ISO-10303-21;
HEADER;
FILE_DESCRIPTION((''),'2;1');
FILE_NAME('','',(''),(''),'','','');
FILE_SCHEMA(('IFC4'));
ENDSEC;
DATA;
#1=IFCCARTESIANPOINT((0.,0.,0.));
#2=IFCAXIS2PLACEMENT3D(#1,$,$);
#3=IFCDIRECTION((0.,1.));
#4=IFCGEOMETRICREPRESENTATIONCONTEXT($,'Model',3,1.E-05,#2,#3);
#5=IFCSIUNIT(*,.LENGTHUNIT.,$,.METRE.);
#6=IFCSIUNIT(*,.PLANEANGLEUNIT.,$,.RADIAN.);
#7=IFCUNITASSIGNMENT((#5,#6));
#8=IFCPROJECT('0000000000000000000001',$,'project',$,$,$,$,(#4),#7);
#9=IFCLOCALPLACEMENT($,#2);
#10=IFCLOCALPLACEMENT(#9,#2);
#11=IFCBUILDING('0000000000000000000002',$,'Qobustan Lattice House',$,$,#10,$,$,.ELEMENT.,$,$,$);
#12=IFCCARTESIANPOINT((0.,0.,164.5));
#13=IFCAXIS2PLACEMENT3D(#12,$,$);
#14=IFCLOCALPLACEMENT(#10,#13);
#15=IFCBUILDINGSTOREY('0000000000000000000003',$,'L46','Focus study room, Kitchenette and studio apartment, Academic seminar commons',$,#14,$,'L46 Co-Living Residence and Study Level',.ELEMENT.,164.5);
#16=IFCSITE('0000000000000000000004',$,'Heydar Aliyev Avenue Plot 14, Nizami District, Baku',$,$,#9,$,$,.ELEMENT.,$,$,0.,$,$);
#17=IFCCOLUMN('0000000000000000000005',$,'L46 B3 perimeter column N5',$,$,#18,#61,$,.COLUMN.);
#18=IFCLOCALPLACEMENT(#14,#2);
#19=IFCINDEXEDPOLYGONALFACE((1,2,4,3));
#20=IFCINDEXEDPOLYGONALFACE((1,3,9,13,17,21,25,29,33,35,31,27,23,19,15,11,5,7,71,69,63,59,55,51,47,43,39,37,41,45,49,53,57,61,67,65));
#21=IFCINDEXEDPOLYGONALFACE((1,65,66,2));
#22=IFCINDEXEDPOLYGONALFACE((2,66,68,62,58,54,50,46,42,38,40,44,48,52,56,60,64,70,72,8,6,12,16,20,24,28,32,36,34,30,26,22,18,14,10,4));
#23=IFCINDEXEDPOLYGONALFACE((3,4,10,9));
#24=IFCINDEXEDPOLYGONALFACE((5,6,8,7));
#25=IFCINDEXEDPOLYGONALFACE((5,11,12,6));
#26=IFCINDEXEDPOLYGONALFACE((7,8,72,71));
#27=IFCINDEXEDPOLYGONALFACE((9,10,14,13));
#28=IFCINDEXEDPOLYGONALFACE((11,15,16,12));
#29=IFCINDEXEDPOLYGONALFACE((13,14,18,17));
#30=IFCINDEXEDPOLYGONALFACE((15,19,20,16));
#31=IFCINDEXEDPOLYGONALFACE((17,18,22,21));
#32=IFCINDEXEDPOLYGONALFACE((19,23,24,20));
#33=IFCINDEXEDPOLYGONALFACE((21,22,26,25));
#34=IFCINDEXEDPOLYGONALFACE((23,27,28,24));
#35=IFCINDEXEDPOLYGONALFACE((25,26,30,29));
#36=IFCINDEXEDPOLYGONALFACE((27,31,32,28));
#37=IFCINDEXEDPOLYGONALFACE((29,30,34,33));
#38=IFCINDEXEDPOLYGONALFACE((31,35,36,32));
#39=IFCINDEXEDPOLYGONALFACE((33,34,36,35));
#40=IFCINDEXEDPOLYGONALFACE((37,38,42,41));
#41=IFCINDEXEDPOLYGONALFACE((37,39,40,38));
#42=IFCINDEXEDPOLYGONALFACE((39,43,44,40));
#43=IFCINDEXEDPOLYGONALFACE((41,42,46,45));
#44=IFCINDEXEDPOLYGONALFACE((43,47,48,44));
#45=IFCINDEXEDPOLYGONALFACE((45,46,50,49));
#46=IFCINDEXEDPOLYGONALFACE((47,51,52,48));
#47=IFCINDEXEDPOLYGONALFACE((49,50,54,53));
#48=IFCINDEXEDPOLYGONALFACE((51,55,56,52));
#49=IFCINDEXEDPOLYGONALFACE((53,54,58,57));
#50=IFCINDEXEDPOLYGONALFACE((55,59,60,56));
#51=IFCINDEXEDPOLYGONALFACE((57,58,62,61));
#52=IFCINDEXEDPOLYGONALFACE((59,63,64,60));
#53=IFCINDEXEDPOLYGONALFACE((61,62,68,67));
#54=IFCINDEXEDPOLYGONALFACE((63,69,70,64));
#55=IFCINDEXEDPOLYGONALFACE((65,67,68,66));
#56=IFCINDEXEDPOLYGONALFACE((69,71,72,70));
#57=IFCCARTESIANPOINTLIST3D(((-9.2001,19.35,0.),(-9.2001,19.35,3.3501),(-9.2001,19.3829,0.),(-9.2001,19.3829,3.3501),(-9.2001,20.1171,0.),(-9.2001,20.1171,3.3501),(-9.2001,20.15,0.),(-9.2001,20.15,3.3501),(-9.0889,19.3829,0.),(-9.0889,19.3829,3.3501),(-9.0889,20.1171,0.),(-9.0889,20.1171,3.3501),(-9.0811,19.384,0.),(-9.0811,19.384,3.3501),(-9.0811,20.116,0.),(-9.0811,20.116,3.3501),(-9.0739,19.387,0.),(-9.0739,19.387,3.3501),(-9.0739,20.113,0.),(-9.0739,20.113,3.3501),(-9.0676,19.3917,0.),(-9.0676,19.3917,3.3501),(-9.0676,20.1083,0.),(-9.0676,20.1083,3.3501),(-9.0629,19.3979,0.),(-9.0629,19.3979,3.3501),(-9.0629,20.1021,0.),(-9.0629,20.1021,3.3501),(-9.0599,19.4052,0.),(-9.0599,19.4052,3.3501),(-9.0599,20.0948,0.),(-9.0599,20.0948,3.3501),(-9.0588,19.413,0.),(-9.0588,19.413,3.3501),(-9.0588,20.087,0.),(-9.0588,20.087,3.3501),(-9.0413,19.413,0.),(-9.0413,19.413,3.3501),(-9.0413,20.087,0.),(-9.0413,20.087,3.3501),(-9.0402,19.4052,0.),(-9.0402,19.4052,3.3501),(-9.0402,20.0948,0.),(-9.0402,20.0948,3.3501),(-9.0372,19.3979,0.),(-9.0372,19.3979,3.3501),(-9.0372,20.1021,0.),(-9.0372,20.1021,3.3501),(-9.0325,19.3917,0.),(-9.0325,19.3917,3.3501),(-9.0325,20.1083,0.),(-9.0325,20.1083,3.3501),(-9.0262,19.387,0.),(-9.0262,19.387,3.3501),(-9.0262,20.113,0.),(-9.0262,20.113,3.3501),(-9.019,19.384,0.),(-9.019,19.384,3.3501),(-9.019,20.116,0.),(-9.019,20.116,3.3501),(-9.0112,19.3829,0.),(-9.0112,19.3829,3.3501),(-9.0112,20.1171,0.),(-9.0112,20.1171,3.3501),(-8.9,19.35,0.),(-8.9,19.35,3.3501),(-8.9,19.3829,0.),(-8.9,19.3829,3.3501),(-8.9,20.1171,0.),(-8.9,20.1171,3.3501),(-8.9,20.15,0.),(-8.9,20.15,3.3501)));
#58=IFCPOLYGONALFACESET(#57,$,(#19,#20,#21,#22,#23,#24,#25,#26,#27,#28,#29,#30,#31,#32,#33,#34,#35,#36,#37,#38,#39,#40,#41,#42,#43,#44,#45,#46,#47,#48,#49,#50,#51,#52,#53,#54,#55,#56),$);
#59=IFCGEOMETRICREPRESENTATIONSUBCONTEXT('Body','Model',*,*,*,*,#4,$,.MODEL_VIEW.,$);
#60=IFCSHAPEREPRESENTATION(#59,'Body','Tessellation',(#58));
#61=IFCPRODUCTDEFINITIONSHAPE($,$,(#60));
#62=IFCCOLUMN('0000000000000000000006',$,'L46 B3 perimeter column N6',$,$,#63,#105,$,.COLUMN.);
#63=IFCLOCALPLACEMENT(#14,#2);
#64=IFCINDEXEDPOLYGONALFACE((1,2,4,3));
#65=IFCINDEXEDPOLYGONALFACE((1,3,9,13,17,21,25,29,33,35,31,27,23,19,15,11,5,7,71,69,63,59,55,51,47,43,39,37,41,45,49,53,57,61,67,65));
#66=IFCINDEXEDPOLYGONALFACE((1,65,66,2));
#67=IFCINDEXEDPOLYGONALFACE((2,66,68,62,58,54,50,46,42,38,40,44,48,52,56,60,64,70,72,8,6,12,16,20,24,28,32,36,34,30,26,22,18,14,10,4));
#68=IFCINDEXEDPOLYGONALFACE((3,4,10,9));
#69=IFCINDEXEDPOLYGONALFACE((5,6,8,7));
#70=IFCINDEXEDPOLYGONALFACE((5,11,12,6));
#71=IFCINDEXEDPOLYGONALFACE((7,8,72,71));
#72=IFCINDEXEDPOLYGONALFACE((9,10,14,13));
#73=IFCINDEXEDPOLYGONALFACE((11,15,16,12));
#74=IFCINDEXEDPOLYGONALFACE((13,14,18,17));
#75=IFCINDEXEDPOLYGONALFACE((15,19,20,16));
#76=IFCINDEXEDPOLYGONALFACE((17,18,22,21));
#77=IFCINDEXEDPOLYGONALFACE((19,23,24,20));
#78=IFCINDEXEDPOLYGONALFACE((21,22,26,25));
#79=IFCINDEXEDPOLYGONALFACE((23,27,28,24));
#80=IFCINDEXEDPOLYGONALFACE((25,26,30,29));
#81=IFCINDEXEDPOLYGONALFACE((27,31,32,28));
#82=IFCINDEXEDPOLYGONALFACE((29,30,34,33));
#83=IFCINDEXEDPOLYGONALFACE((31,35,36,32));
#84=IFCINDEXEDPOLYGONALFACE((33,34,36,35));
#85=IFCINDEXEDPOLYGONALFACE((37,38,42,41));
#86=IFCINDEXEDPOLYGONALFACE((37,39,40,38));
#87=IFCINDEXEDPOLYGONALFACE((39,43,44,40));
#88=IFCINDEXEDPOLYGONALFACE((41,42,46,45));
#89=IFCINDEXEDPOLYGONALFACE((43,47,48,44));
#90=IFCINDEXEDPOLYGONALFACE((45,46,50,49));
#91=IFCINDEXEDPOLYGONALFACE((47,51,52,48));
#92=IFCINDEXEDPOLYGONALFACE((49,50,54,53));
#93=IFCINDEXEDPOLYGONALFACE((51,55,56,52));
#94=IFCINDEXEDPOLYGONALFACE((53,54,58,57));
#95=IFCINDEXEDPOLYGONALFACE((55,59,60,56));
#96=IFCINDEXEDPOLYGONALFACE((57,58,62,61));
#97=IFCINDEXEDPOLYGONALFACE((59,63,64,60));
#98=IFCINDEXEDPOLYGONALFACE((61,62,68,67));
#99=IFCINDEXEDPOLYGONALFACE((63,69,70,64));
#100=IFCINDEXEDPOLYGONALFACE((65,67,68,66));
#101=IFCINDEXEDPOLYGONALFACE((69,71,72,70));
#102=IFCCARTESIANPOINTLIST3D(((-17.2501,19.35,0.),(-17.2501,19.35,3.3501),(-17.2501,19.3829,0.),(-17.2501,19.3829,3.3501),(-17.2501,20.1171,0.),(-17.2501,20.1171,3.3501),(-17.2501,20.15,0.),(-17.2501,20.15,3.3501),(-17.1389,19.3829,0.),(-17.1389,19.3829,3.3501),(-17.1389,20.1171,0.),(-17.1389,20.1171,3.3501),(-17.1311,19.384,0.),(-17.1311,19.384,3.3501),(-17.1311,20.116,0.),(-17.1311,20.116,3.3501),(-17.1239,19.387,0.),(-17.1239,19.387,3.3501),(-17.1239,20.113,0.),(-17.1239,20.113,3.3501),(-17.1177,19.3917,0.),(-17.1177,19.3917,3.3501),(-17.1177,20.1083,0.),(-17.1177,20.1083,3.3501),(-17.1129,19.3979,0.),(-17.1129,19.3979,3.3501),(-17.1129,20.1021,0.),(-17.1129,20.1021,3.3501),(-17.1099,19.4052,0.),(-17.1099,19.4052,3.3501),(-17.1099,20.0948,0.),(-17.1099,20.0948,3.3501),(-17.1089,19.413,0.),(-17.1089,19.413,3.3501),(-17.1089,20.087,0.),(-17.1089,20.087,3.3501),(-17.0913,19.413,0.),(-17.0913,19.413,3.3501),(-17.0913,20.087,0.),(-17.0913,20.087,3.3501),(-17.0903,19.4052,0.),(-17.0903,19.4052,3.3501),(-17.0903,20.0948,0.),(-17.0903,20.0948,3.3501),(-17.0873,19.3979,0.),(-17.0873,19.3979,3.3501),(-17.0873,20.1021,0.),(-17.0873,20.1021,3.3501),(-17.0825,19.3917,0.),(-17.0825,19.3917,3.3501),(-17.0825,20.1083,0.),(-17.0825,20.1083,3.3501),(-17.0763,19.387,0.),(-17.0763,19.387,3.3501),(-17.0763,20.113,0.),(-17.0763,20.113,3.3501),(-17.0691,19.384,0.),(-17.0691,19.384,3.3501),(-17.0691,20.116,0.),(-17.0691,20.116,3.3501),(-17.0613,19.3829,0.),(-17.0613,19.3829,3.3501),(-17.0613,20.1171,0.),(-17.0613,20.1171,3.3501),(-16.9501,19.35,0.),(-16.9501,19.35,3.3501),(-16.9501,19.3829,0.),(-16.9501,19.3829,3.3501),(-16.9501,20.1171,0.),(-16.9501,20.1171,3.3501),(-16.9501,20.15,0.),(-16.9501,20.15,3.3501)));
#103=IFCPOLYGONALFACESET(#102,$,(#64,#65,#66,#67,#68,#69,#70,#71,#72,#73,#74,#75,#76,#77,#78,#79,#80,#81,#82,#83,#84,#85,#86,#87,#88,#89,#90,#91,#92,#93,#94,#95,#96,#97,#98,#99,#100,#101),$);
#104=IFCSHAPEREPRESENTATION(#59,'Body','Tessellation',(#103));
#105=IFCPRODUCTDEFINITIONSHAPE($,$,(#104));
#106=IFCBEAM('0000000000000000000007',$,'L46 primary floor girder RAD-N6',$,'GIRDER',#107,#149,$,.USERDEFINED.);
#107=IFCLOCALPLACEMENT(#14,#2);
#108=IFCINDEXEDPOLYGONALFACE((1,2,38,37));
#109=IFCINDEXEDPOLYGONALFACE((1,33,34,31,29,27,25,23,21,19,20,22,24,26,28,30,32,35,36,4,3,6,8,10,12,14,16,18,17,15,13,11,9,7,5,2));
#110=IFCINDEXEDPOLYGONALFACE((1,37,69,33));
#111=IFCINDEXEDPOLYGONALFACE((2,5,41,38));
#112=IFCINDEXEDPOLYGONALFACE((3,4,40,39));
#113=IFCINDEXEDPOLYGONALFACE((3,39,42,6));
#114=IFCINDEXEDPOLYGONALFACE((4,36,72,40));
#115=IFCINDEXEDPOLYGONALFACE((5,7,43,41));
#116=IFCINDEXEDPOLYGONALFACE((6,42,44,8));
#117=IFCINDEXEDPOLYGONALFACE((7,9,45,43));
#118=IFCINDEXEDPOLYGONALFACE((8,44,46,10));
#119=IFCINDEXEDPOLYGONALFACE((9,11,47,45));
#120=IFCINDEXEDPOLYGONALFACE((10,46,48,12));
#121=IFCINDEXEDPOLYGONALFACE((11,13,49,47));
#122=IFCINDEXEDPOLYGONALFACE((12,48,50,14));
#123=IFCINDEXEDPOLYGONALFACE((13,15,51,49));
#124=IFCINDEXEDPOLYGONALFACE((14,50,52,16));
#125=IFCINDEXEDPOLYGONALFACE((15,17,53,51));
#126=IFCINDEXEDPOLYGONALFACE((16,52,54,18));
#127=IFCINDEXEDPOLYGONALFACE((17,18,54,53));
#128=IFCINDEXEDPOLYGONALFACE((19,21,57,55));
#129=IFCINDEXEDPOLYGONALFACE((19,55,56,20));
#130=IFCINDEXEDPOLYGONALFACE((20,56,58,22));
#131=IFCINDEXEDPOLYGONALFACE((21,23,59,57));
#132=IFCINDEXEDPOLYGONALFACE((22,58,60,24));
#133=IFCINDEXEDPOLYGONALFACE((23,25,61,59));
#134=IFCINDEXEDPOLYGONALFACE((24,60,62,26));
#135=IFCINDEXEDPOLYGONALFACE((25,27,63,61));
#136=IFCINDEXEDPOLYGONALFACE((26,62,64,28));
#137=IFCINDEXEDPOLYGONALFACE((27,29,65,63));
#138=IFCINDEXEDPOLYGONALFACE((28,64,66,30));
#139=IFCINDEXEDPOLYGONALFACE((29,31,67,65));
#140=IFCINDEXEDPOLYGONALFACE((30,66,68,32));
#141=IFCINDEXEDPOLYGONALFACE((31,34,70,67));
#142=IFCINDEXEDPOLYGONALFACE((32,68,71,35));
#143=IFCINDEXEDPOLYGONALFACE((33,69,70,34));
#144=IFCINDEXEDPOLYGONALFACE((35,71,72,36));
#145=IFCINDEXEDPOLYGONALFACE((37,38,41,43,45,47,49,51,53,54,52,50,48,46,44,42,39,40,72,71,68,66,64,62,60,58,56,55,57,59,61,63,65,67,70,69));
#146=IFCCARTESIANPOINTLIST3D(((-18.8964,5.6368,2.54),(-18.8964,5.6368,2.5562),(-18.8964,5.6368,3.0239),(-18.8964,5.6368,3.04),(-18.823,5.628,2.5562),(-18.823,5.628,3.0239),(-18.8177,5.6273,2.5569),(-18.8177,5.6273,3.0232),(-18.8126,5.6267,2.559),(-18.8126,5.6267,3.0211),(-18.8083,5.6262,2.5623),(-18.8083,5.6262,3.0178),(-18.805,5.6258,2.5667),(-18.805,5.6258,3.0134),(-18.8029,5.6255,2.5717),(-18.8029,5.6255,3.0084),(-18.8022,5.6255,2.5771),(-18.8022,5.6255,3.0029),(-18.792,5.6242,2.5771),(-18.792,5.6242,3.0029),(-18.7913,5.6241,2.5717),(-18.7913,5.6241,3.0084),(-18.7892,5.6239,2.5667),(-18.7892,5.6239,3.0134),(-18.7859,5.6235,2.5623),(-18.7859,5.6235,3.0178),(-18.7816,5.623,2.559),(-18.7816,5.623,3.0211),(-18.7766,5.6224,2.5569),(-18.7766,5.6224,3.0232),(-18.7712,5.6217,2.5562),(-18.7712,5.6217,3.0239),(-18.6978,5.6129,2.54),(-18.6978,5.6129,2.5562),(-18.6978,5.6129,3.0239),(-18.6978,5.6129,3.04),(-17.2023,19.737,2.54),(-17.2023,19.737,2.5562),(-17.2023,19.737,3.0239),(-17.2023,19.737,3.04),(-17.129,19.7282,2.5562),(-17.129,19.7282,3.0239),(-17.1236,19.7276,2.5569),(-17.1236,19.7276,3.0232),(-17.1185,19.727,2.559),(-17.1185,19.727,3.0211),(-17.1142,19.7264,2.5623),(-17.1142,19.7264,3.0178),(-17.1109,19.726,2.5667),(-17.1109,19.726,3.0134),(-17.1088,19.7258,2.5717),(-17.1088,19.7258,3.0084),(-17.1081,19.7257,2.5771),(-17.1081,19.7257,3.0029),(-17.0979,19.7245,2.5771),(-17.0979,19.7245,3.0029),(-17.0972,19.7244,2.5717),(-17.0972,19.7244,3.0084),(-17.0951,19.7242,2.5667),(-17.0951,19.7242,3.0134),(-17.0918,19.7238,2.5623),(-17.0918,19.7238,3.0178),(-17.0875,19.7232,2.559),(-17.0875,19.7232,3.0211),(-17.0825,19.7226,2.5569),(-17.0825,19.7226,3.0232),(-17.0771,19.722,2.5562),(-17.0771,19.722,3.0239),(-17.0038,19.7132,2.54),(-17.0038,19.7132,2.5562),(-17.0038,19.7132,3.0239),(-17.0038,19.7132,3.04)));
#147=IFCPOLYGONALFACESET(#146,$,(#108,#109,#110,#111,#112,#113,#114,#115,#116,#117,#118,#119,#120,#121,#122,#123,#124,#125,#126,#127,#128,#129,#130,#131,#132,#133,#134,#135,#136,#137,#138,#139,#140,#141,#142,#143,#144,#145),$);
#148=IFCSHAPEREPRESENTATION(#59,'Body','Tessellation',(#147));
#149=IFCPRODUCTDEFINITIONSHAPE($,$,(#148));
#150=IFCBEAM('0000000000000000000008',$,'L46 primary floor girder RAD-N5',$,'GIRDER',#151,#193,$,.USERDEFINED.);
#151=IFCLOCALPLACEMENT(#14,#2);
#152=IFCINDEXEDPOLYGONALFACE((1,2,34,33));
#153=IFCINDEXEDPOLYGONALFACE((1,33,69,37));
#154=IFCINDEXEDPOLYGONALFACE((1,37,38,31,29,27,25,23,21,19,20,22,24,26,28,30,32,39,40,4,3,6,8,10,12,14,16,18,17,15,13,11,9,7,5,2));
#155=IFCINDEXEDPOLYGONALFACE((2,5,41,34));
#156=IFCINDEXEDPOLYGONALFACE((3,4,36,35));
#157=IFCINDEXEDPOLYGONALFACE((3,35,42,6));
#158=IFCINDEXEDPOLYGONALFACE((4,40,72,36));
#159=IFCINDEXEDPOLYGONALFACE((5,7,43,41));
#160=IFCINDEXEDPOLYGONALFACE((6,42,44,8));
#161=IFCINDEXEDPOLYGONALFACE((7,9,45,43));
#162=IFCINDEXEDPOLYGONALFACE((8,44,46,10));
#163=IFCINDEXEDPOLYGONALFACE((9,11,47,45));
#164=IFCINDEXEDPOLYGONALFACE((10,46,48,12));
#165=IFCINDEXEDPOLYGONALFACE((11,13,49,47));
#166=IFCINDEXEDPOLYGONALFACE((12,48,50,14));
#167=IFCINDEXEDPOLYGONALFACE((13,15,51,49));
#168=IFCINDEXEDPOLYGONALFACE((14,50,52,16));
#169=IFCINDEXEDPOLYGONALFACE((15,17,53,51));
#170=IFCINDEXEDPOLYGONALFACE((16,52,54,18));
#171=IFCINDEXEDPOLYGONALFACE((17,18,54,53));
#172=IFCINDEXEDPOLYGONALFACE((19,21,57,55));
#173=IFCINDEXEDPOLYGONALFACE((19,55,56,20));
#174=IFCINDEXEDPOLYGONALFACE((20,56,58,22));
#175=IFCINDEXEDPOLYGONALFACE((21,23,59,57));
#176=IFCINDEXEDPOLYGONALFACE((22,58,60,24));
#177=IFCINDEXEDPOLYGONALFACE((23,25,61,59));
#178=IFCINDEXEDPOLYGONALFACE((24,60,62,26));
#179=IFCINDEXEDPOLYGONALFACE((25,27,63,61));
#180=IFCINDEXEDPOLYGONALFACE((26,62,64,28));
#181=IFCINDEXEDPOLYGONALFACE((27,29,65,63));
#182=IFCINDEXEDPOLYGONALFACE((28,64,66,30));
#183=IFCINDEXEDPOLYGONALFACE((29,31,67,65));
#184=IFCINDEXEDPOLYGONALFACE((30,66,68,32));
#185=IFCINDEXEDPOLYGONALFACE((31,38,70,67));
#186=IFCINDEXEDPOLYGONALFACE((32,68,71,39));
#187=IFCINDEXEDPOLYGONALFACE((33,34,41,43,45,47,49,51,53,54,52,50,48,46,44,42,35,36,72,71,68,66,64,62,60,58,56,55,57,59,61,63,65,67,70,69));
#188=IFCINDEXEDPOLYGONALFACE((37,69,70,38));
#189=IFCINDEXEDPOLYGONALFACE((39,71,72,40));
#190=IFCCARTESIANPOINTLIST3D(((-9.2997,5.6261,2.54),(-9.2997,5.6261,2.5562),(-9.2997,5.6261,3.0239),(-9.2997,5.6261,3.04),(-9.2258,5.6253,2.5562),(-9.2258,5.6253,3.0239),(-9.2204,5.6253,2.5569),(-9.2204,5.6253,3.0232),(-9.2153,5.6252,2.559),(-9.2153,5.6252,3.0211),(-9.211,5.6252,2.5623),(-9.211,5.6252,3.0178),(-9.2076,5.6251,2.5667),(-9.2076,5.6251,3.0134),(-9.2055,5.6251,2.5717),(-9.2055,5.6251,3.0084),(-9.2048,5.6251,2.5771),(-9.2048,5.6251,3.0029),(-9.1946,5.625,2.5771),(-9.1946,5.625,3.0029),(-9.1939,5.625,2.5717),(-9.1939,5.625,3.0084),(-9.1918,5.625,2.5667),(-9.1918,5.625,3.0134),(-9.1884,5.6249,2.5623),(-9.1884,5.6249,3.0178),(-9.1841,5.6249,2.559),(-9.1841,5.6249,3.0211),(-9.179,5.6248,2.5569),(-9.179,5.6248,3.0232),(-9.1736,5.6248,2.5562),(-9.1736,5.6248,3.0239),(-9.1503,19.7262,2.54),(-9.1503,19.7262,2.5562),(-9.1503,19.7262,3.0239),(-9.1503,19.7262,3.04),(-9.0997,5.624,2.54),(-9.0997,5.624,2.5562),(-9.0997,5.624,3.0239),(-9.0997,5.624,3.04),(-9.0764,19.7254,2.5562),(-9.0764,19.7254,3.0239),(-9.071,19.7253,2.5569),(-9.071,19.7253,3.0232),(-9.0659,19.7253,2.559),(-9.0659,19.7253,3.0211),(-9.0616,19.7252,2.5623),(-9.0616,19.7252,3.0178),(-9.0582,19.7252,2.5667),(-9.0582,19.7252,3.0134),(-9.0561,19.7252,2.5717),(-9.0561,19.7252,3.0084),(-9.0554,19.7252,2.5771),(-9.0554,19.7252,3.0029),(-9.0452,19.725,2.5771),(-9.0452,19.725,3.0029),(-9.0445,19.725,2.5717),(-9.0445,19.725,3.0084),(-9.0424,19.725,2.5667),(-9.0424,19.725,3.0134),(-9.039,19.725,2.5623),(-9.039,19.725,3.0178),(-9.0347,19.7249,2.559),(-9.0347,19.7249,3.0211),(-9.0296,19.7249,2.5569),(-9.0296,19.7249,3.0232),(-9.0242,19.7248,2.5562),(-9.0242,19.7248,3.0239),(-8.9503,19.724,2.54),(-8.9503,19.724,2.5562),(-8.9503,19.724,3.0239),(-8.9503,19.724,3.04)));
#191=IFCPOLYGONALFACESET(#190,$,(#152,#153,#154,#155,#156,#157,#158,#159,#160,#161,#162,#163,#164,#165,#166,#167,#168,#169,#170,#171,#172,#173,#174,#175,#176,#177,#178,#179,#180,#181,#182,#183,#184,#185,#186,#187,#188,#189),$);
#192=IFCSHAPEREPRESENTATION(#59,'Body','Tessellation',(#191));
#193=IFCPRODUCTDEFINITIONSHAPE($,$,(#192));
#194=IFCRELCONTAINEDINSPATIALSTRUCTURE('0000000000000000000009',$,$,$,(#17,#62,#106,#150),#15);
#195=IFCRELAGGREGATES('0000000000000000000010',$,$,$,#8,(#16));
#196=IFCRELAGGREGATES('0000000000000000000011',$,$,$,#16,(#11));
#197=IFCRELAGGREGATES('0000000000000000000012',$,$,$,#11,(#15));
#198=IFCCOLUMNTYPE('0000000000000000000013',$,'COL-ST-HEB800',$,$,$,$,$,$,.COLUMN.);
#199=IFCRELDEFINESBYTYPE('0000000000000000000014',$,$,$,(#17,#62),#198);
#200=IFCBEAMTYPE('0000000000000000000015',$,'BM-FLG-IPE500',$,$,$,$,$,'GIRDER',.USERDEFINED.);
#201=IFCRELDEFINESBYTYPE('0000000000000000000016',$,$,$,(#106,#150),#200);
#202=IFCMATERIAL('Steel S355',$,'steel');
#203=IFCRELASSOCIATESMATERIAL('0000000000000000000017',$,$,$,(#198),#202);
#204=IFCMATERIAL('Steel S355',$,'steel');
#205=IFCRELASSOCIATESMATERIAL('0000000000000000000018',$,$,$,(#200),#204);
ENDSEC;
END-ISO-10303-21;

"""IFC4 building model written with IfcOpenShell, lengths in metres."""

from ifc_helpers import new_model, si_unit, direction, frame, origin, origin_2d, place, context, subcontext, project, spatial, i_section, extrude, material, material_profile, profile_set, type_object, element, save


model = new_model("IFC4")

# Units and contexts
model_context = context("Model", 3, precision=1e-05, world=origin(), true_north=direction((0.0, 1.0)))
body_context = subcontext(model_context, "Body", "Model", "MODEL_VIEW")
ifc_project = project(units=[si_unit("LENGTHUNIT", "METRE"), si_unit("PLANEANGLEUNIT", "RADIAN")], contexts=[model_context])

# Site, building, storey
site_placement = place(None, origin())
site = spatial("IfcSite", under=ifc_project, at=site_placement, Name="Heydar Aliyev Avenue Plot 14, Nizami District, Baku", CompositionType="ELEMENT", RefElevation=0.0)
building_placement = place(site_placement, origin())
building = spatial("IfcBuilding", under=site, at=building_placement, Name="Qobustan Lattice House", CompositionType="ELEMENT")
storey_placement = place(building_placement, frame((0.0, 0.0, 164.5)))
storey = spatial("IfcBuildingStorey", under=building, at=storey_placement, Name="L46", Description="Focus study room, Kitchenette and studio apartment, Academic seminar commons", LongName="L46 Co-Living Residence and Study Level", CompositionType="ELEMENT", Elevation=164.5)

# Columns
ifc_material_1 = material(Name="Steel S355", Category="steel")
ifc_material_profile_1 = material_profile(ifc_material_1, i_section(OverallWidth=0.3, OverallDepth=0.8, WebThickness=0.0176, FlangeThickness=0.033, FilletRadius=0.03, at=origin_2d()), Name="HEB800")
ifc_profile_set_1 = profile_set([ifc_material_profile_1], Name="Steel S355")
column_type = type_object("IfcColumnType", Name="COL-ST-HEB800", PredefinedType="COLUMN", material=ifc_profile_set_1)
for number, where, z_axis, x_axis, name in (
    (1, (-9.05, 19.75, 0.0), (0.0, 0.0, 1.0), (1.0, 0.0, 0.0), "L46 B3 perimeter column N5"),
    (2, (-17.1001, 19.75, 0.0), (0.0, 0.0, 1.0), (1.0, 0.0, 0.0), "L46 B3 perimeter column N6"),
):
    element("IfcColumn", number, at=place(storey_placement, frame(where, z_axis=z_axis, x_axis=x_axis)), inside=storey, type_object=column_type, Name=name, PredefinedType="COLUMN", context=body_context, shape_type="SweptSolid", body=[
        extrude(i_section(OverallWidth=0.3, OverallDepth=0.8, WebThickness=0.0176, FlangeThickness=0.033, FilletRadius=0.03, at=origin_2d()), origin(), (0.0, 0.0, 1.0), 3.3501),
    ])

# Beams
ifc_material_2 = material(Name="Steel S355", Category="steel")
ifc_material_profile_2 = material_profile(ifc_material_2, i_section(OverallWidth=0.2, OverallDepth=0.5, WebThickness=0.0103, FlangeThickness=0.0161, FilletRadius=0.021, at=origin_2d()), Name="IPE500")
ifc_profile_set_2 = profile_set([ifc_material_profile_2], Name="Steel S355")
beam_type_1 = type_object("IfcBeamType", Name="BM-FLG-IPE500", ElementType="GIRDER", PredefinedType="USERDEFINED", material=ifc_profile_set_2)
beam_1_placement = place(storey_placement, frame((-17.103, 19.7251, 2.79), z_axis=(-0.119288, -0.99286, 0.0), x_axis=(0.99286, -0.119288, 0.0)))
element("IfcBeam", 3, at=beam_1_placement, inside=storey, type_object=beam_type_1, Name="L46 primary floor girder RAD-N6", ObjectType="GIRDER", PredefinedType="USERDEFINED", context=body_context, shape_type="SweptSolid", body=[
    extrude(i_section(OverallWidth=0.2, OverallDepth=0.5, WebThickness=0.0103, FlangeThickness=0.0161, FilletRadius=0.021, at=origin_2d()), origin(), (0.0, 0.0, 1.0), 14.2017),
])
beam_2_placement = place(storey_placement, frame((-9.0503, 19.7251, 2.79), z_axis=(-0.010596, -0.999944, 0.0), x_axis=(0.999944, -0.010596, 0.0)))
element("IfcBeam", 4, at=beam_2_placement, inside=storey, type_object=beam_type_1, Name="L46 primary floor girder RAD-N5", ObjectType="GIRDER", PredefinedType="USERDEFINED", context=body_context, shape_type="SweptSolid", body=[
    extrude(i_section(OverallWidth=0.2, OverallDepth=0.5, WebThickness=0.0103, FlangeThickness=0.0161, FilletRadius=0.021, at=origin_2d()), origin(), (0.0, 0.0, 1.0), 14.1008),
])

save(model, "model.ifc")
